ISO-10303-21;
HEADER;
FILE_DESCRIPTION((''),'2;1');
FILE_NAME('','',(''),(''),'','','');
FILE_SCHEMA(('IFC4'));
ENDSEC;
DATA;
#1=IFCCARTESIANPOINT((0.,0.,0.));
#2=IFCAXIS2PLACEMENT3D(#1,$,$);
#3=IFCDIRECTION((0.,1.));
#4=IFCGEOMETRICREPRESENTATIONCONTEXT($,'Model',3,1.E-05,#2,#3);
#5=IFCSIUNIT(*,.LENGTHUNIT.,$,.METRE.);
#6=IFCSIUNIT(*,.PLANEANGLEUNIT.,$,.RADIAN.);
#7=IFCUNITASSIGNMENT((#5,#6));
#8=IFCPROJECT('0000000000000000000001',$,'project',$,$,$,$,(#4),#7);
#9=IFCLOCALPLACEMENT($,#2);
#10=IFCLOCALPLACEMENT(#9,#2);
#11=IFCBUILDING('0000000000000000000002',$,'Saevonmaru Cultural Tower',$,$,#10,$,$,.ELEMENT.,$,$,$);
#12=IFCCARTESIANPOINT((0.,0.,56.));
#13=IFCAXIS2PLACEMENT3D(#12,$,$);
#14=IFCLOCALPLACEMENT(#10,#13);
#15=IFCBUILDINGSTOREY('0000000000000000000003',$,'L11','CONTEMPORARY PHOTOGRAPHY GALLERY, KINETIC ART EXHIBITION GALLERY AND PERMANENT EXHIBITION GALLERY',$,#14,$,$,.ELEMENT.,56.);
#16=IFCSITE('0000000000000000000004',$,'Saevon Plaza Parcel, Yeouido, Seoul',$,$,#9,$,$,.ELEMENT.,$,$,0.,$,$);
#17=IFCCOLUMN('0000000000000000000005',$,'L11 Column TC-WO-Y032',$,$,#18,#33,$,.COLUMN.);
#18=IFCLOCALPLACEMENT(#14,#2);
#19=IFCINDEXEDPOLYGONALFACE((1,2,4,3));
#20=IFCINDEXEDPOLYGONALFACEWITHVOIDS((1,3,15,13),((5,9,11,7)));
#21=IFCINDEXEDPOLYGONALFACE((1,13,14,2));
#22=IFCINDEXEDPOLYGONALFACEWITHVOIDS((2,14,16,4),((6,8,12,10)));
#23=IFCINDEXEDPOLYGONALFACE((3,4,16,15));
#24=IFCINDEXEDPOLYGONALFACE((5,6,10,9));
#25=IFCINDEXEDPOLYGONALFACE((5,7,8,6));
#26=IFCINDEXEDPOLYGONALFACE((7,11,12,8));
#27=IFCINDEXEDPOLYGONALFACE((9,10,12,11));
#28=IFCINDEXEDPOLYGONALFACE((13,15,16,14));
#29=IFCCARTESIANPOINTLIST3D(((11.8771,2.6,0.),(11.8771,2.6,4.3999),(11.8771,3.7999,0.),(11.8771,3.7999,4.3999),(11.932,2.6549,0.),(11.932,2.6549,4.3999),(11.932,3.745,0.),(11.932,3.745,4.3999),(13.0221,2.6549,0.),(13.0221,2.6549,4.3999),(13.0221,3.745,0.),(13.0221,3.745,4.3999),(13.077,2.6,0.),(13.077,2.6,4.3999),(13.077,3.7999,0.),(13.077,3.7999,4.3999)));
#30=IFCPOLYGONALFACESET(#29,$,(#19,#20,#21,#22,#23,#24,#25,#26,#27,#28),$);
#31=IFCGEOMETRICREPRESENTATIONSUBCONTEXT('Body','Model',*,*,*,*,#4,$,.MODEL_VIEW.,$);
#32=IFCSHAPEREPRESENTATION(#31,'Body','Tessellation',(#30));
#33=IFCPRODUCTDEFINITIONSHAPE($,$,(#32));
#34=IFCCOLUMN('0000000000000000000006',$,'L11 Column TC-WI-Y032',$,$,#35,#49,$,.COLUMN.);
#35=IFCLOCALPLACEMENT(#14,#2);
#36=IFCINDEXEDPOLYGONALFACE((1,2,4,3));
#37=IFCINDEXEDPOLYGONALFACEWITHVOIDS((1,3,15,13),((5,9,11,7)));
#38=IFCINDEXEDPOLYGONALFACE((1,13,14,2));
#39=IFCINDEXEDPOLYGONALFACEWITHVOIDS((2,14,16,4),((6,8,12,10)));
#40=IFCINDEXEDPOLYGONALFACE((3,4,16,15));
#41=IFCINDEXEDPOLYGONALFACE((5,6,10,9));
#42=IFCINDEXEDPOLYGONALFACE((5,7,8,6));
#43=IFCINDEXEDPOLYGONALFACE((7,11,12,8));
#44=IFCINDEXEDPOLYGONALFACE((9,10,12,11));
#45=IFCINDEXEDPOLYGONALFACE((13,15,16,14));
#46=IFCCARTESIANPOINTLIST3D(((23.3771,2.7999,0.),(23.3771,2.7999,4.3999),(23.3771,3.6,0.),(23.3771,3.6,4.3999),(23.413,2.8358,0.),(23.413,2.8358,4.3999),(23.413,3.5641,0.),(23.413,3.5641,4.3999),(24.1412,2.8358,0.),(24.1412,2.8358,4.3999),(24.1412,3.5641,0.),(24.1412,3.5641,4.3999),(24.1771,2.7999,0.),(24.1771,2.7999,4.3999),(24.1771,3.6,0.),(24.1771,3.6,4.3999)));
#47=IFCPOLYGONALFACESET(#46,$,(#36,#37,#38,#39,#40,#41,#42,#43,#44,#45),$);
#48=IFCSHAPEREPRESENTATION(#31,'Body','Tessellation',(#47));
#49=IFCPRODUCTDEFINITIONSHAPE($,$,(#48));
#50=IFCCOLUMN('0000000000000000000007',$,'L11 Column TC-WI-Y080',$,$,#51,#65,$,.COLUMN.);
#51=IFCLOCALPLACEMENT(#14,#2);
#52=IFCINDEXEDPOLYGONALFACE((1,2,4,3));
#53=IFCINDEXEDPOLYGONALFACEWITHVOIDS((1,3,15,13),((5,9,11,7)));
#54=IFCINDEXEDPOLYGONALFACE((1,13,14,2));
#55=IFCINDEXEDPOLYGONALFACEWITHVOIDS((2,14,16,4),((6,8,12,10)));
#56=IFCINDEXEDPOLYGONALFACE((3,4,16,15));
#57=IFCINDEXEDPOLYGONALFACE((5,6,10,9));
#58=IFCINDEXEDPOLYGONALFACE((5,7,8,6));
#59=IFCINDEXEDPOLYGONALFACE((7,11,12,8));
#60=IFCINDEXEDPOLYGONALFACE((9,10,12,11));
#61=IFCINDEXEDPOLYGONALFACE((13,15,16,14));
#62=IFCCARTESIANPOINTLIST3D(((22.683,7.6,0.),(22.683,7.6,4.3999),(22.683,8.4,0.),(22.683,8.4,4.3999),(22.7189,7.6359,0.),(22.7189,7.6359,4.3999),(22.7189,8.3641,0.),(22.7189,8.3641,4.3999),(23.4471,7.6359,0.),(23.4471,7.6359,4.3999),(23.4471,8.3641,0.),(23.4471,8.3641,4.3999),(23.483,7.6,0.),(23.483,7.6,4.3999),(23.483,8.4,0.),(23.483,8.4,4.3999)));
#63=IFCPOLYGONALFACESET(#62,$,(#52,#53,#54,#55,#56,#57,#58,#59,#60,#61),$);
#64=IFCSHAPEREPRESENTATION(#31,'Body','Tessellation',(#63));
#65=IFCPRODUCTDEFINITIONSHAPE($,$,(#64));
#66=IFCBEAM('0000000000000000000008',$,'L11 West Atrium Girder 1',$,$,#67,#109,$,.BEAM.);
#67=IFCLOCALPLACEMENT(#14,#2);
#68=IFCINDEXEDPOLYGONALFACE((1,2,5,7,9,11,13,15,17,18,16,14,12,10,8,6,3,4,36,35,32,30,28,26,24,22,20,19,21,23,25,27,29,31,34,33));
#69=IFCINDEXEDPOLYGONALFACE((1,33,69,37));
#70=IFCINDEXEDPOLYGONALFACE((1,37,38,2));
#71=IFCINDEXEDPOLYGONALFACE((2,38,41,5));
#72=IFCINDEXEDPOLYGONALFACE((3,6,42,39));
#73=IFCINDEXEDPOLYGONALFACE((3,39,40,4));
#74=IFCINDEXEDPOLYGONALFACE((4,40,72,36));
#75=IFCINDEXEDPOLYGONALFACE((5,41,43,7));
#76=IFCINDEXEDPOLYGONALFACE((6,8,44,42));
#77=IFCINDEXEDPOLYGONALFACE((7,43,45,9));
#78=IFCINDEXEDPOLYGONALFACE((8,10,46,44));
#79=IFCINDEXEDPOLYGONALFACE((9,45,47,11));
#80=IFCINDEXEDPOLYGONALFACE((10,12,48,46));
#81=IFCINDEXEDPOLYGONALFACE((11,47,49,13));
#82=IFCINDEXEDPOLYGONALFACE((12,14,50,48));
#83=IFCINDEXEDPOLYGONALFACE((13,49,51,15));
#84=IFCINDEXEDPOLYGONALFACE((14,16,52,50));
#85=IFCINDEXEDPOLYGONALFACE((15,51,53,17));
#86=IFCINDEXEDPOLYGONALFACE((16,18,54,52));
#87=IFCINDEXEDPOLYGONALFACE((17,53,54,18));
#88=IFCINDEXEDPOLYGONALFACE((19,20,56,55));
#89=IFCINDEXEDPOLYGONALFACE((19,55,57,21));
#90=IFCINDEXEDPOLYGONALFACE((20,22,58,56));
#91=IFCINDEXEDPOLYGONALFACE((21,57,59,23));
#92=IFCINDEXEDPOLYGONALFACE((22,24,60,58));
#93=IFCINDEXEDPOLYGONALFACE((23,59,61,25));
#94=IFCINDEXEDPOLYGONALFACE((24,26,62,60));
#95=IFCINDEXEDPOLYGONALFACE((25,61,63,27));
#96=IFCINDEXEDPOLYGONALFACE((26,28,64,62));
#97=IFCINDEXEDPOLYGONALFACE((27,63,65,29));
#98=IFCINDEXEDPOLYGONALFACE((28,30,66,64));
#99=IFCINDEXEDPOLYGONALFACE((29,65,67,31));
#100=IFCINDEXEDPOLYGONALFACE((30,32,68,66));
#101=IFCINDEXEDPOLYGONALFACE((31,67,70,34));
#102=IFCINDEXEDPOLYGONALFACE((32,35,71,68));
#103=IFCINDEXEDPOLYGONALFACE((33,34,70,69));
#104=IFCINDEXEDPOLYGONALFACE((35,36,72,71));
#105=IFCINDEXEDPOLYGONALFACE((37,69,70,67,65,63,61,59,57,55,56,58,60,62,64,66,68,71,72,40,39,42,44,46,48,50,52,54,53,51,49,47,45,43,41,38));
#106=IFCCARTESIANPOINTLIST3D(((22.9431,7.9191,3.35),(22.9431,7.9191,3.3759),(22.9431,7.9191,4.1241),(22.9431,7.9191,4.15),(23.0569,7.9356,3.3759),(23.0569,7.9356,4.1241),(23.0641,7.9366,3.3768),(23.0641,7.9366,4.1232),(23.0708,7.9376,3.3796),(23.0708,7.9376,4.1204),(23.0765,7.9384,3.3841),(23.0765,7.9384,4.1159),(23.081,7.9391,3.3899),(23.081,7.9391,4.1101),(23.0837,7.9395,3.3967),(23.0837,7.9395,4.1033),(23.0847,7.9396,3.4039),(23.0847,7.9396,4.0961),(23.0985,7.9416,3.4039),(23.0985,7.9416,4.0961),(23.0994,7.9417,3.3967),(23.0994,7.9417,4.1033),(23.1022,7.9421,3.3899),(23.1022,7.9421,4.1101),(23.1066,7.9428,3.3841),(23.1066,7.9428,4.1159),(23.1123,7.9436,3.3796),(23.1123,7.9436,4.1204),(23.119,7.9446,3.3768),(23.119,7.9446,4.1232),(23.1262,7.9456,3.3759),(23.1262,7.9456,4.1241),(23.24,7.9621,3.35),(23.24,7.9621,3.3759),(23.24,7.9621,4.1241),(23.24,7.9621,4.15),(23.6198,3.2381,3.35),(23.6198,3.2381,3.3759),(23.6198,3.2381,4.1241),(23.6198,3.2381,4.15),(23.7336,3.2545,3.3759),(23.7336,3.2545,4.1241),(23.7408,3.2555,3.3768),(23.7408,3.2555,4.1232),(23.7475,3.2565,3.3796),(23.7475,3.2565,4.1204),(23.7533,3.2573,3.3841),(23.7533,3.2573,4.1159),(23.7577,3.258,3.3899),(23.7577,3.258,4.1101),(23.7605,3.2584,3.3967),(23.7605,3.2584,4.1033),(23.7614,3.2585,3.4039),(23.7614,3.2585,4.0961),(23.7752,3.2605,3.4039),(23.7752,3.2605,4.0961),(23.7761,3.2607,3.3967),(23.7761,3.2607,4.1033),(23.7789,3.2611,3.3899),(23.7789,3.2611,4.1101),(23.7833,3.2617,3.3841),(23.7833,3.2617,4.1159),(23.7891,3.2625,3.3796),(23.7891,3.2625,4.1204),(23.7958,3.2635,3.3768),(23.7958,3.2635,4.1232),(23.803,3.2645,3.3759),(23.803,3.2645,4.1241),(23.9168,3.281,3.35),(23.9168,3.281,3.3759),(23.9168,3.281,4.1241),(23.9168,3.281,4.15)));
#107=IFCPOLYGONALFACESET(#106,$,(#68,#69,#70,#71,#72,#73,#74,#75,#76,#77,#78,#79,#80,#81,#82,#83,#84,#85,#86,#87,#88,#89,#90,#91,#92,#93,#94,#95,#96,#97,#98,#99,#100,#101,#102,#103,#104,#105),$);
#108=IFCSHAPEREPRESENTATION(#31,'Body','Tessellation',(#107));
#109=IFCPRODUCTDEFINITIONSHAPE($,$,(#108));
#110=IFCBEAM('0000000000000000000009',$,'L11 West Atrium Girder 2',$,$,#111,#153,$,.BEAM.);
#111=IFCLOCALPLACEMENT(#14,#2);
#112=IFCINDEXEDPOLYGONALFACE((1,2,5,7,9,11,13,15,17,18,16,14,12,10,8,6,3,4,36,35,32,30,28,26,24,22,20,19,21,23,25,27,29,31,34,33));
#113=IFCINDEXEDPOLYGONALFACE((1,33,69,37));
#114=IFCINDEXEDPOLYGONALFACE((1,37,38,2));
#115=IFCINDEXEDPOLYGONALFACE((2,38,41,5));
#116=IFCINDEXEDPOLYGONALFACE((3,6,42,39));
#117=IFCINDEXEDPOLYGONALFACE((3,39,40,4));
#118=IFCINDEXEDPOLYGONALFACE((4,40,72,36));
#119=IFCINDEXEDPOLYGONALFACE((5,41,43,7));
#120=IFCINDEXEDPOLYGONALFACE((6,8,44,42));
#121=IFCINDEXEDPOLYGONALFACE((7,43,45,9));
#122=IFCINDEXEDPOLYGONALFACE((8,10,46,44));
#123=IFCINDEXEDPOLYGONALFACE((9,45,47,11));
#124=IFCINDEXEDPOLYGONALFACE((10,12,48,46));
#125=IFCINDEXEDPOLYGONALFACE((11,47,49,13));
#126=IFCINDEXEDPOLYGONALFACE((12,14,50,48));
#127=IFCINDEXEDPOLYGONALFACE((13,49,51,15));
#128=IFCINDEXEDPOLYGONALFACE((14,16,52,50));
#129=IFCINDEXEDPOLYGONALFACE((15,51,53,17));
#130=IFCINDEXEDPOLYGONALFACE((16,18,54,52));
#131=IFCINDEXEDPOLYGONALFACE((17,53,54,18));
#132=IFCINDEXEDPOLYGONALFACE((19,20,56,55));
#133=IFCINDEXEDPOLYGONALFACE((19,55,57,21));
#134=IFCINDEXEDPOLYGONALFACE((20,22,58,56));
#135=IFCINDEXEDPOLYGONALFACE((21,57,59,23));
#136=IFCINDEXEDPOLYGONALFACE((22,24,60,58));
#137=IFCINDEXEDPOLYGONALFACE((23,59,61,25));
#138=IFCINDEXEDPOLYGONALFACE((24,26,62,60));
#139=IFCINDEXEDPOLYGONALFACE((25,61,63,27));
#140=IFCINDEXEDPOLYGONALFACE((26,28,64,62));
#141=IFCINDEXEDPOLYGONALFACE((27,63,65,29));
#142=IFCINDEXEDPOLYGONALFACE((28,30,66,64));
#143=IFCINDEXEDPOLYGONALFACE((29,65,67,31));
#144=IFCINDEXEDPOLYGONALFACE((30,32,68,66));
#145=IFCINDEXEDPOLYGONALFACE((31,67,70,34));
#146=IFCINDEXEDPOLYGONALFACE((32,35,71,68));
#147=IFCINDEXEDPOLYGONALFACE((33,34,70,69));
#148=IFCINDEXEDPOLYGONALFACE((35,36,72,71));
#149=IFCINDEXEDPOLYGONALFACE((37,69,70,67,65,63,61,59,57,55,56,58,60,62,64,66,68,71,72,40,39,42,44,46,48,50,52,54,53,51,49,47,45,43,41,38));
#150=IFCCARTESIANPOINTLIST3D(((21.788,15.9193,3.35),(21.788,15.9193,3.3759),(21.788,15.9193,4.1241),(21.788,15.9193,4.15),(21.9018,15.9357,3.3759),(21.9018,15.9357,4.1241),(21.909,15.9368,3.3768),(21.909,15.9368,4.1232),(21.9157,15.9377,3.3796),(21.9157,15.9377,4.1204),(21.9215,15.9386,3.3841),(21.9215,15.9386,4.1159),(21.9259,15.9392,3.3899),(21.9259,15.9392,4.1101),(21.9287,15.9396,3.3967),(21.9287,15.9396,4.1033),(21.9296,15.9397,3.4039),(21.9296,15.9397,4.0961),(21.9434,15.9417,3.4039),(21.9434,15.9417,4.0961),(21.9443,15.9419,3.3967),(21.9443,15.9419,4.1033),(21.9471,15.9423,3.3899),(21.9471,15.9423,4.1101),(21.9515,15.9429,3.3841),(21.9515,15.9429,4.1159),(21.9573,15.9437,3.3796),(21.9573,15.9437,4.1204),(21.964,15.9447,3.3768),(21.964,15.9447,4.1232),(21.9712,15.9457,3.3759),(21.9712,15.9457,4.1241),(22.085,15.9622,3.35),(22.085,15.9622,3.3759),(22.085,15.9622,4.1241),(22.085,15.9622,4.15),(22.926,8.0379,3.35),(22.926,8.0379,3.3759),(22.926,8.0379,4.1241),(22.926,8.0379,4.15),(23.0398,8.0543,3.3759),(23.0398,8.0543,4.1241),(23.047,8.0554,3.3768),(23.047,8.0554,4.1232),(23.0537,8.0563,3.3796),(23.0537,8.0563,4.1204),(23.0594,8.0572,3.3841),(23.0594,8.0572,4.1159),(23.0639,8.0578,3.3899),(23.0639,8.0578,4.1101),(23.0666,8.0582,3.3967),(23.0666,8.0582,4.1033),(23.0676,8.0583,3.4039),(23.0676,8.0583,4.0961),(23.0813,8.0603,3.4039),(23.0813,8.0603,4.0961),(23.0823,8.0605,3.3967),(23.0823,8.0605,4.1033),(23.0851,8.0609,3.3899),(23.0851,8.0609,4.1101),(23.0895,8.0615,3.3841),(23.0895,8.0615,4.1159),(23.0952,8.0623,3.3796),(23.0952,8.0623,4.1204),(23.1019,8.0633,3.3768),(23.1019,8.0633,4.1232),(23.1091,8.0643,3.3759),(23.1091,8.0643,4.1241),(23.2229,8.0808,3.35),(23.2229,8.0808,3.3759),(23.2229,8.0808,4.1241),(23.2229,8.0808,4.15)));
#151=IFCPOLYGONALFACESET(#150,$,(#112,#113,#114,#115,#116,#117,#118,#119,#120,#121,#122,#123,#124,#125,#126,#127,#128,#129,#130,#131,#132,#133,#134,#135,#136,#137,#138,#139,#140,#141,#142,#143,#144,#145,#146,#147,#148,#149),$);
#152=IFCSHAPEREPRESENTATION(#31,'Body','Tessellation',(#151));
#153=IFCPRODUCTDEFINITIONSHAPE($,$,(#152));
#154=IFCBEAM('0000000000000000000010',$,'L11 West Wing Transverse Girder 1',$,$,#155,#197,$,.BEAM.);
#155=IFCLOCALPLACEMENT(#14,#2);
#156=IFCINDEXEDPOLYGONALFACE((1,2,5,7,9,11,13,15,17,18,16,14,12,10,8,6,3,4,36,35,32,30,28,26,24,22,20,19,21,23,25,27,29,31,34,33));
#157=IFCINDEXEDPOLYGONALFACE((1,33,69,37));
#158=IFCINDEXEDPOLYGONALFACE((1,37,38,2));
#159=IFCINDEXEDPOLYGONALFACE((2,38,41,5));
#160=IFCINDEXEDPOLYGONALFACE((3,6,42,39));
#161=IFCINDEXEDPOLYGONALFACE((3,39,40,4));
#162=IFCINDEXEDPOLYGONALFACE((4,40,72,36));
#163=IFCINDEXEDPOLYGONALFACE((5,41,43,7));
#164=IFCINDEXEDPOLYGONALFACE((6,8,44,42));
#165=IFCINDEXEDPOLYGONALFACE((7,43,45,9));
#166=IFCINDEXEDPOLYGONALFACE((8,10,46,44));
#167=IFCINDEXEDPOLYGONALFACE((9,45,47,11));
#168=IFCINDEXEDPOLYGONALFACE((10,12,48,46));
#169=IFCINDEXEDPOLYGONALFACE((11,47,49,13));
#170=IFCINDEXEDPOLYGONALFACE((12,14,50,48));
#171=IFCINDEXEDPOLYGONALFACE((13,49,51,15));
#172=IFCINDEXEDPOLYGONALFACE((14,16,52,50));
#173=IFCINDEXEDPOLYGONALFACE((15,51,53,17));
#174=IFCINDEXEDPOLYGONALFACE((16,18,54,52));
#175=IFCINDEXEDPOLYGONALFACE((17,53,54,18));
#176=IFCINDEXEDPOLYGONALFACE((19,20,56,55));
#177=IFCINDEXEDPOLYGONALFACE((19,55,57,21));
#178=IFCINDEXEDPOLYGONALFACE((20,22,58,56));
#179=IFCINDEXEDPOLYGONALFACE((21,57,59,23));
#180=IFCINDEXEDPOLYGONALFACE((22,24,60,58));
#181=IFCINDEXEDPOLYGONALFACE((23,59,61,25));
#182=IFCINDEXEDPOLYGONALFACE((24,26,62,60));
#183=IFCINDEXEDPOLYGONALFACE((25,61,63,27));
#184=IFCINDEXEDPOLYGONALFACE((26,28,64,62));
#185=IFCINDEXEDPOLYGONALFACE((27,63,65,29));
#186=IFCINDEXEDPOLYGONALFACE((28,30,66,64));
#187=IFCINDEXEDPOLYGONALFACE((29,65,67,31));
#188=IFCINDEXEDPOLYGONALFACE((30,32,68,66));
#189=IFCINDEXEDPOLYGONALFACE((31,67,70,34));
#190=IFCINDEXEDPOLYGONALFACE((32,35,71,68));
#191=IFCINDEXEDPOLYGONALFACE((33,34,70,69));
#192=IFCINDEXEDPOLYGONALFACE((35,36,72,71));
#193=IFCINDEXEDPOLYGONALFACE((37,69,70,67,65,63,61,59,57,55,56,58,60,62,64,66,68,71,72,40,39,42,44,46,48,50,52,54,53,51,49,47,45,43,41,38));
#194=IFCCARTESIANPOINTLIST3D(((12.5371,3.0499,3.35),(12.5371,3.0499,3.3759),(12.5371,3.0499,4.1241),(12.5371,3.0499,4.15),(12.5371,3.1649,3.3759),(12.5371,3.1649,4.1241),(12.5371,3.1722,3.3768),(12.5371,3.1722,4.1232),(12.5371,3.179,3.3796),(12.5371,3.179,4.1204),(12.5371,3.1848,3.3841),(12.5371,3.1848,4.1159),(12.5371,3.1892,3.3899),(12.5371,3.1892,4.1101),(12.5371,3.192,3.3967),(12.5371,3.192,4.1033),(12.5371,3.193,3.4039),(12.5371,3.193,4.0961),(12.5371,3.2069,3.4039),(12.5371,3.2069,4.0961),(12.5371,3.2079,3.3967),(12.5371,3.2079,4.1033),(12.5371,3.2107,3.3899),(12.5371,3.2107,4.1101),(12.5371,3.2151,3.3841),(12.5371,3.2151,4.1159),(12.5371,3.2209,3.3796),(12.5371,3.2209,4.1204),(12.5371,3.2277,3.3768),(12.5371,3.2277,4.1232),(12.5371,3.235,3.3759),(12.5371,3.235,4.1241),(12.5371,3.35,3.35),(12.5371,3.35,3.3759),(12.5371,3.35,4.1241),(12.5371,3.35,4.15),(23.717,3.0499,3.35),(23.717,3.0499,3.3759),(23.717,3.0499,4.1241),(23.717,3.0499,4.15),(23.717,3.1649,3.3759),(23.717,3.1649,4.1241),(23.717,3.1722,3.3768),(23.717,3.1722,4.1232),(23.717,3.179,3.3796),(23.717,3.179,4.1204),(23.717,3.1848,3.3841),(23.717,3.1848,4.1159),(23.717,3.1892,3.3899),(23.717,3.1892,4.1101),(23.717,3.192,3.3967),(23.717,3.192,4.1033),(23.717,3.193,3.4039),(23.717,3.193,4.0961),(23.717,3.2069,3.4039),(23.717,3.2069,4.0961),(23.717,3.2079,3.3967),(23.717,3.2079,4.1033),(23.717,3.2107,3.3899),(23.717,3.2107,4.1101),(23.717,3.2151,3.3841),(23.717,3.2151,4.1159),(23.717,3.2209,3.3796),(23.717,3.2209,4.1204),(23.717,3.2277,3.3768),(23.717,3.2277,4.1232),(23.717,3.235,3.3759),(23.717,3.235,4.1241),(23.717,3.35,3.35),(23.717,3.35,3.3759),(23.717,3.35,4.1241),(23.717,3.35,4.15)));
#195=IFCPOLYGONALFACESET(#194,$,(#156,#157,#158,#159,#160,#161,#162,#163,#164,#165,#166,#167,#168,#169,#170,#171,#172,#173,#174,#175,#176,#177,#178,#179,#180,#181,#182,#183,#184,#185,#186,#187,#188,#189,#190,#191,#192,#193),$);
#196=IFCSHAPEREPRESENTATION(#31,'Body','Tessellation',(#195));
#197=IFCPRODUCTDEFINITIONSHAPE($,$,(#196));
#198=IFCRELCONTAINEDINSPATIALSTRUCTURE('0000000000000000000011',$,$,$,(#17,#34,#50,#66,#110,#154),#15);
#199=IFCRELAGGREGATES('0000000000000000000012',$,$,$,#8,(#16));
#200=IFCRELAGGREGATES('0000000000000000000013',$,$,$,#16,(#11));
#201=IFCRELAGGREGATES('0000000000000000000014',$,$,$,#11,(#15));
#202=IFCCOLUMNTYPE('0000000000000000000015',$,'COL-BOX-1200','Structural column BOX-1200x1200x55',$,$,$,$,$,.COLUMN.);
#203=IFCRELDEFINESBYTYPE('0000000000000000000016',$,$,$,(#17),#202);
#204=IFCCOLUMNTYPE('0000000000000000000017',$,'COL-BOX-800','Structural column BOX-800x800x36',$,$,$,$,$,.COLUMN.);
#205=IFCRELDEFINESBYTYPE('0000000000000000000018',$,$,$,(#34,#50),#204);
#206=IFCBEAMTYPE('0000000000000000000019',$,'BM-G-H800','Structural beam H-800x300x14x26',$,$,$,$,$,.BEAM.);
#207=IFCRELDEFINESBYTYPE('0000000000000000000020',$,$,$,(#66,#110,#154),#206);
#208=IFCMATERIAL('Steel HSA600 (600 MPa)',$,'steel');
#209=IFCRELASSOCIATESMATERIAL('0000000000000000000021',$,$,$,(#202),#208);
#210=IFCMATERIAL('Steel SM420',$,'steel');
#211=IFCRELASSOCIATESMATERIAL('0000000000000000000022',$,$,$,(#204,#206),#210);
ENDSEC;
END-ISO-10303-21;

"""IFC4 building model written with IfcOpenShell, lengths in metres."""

from ifc_helpers import new_model, si_unit, direction, frame, origin, origin_2d, place, context, subcontext, project, spatial, hollow_rectangle, i_section, extrude, material, material_profile, profile_set, type_object, element, save


model = new_model("IFC4")

# Units and contexts
model_context = context("Model", 3, precision=1e-05, world=origin(), true_north=direction((0.0, 1.0)))
body_context = subcontext(model_context, "Body", "Model", "MODEL_VIEW")
ifc_project = project(units=[si_unit("LENGTHUNIT", "METRE"), si_unit("PLANEANGLEUNIT", "RADIAN")], contexts=[model_context])

# Site, building, storey
site_placement = place(None, origin())
site = spatial("IfcSite", under=ifc_project, at=site_placement, Name="Saevon Plaza Parcel, Yeouido, Seoul", CompositionType="ELEMENT", RefElevation=0.0)
building_placement = place(site_placement, origin())
building = spatial("IfcBuilding", under=site, at=building_placement, Name="Saevonmaru Cultural Tower", CompositionType="ELEMENT")
storey_placement = place(building_placement, frame((0.0, 0.0, 56.0)))
storey = spatial("IfcBuildingStorey", under=building, at=storey_placement, Name="L11", Description="CONTEMPORARY PHOTOGRAPHY GALLERY, KINETIC ART EXHIBITION GALLERY AND PERMANENT EXHIBITION GALLERY", CompositionType="ELEMENT", Elevation=56.0)

# Columns
ifc_material_1 = material(Name="Steel HSA600 (600 MPa)", Category="steel")
ifc_material_profile_1 = material_profile(ifc_material_1, hollow_rectangle(XDim=1.2, YDim=1.2, WallThickness=0.0549, at=origin_2d()), Name="BOX-1200x1200x55")
ifc_profile_set_1 = profile_set([ifc_material_profile_1], Name="Steel HSA600 (600 MPa)")
column_type_1 = type_object("IfcColumnType", Name="COL-BOX-1200", Description="Structural column BOX-1200x1200x55", PredefinedType="COLUMN", material=ifc_profile_set_1)
column_placement = place(storey_placement, frame((12.4771, 3.2, 0.0), z_axis=(0.0, 0.0, 1.0), x_axis=(1.0, 0.0, 0.0)))
element("IfcColumn", 1, at=column_placement, inside=storey, type_object=column_type_1, Name="L11 Column TC-WO-Y032", PredefinedType="COLUMN", context=body_context, shape_type="SweptSolid", body=[
    extrude(hollow_rectangle(XDim=1.2, YDim=1.2, WallThickness=0.0549, at=origin_2d()), origin(), (0.0, 0.0, 1.0), 4.3999),
])
ifc_material_2 = material(Name="Steel SM420", Category="steel")
ifc_material_profile_2 = material_profile(ifc_material_2, hollow_rectangle(XDim=0.8, YDim=0.8, WallThickness=0.0359, at=origin_2d()), Name="BOX-800x800x36")
ifc_profile_set_2 = profile_set([ifc_material_profile_2], Name="Steel SM420")
column_type_2 = type_object("IfcColumnType", Name="COL-BOX-800", Description="Structural column BOX-800x800x36", PredefinedType="COLUMN", material=ifc_profile_set_2)
for number, where, z_axis, x_axis, name in (
    (2, (23.7771, 3.2, 0.0), (0.0, 0.0, 1.0), (1.0, 0.0, 0.0), "L11 Column TC-WI-Y032"),
    (3, (23.083, 8.0, 0.0), (0.0, 0.0, 1.0), (1.0, 0.0, 0.0), "L11 Column TC-WI-Y080"),
):
    element("IfcColumn", number, at=place(storey_placement, frame(where, z_axis=z_axis, x_axis=x_axis)), inside=storey, type_object=column_type_2, Name=name, PredefinedType="COLUMN", context=body_context, shape_type="SweptSolid", body=[
        extrude(hollow_rectangle(XDim=0.8, YDim=0.8, WallThickness=0.0359, at=origin_2d()), origin(), (0.0, 0.0, 1.0), 4.3999),
    ])

# Beams
ifc_material_profile_3 = material_profile(ifc_material_2, i_section(OverallWidth=0.3, OverallDepth=0.8, WebThickness=0.0139, FlangeThickness=0.0259, FilletRadius=0.0281, at=origin_2d()), Name="H-800x300x14x26")
ifc_profile_set_3 = profile_set([ifc_material_profile_3], Name="Steel SM420")
beam_type_1 = type_object("IfcBeamType", Name="BM-G-H800", Description="Structural beam H-800x300x14x26", PredefinedType="BEAM", material=ifc_profile_set_3)
beam_1_placement = place(storey_placement, frame((23.7683, 3.2595, 3.75), z_axis=(-0.143083, 0.989711, 0.0), x_axis=(-0.989711, -0.143083, 0.0)))
element("IfcBeam", 4, at=beam_1_placement, inside=storey, type_object=beam_type_1, Name="L11 West Atrium Girder 1", PredefinedType="BEAM", context=body_context, shape_type="SweptSolid", body=[
    extrude(i_section(OverallWidth=0.3, OverallDepth=0.8, WebThickness=0.0139, FlangeThickness=0.0259, FilletRadius=0.0281, at=origin_2d()), origin(), (0.0, 0.0, 1.0), 4.7297),
])
beam_2_placement = place(storey_placement, frame((23.0745, 8.0593, 3.75), z_axis=(-0.142902, 0.989737, 0.0), x_axis=(-0.989737, -0.142902, 0.0)))
element("IfcBeam", 5, at=beam_2_placement, inside=storey, type_object=beam_type_1, Name="L11 West Atrium Girder 2", PredefinedType="BEAM", context=body_context, shape_type="SweptSolid", body=[
    extrude(i_section(OverallWidth=0.3, OverallDepth=0.8, WebThickness=0.0139, FlangeThickness=0.0259, FilletRadius=0.0281, at=origin_2d()), origin(), (0.0, 0.0, 1.0), 7.9631),
])
beam_3_placement = place(storey_placement, frame((12.5371, 3.2, 3.75), z_axis=(1.0, 0.0, 0.0), x_axis=(0.0, 1.0, 0.0)))
element("IfcBeam", 6, at=beam_3_placement, inside=storey, type_object=beam_type_1, Name="L11 West Wing Transverse Girder 1", PredefinedType="BEAM", context=body_context, shape_type="SweptSolid", body=[
    extrude(i_section(OverallWidth=0.3, OverallDepth=0.8, WebThickness=0.0139, FlangeThickness=0.0259, FilletRadius=0.0281, at=origin_2d()), origin(), (0.0, 0.0, 1.0), 11.1799),
])

save(model, "model.ifc")
